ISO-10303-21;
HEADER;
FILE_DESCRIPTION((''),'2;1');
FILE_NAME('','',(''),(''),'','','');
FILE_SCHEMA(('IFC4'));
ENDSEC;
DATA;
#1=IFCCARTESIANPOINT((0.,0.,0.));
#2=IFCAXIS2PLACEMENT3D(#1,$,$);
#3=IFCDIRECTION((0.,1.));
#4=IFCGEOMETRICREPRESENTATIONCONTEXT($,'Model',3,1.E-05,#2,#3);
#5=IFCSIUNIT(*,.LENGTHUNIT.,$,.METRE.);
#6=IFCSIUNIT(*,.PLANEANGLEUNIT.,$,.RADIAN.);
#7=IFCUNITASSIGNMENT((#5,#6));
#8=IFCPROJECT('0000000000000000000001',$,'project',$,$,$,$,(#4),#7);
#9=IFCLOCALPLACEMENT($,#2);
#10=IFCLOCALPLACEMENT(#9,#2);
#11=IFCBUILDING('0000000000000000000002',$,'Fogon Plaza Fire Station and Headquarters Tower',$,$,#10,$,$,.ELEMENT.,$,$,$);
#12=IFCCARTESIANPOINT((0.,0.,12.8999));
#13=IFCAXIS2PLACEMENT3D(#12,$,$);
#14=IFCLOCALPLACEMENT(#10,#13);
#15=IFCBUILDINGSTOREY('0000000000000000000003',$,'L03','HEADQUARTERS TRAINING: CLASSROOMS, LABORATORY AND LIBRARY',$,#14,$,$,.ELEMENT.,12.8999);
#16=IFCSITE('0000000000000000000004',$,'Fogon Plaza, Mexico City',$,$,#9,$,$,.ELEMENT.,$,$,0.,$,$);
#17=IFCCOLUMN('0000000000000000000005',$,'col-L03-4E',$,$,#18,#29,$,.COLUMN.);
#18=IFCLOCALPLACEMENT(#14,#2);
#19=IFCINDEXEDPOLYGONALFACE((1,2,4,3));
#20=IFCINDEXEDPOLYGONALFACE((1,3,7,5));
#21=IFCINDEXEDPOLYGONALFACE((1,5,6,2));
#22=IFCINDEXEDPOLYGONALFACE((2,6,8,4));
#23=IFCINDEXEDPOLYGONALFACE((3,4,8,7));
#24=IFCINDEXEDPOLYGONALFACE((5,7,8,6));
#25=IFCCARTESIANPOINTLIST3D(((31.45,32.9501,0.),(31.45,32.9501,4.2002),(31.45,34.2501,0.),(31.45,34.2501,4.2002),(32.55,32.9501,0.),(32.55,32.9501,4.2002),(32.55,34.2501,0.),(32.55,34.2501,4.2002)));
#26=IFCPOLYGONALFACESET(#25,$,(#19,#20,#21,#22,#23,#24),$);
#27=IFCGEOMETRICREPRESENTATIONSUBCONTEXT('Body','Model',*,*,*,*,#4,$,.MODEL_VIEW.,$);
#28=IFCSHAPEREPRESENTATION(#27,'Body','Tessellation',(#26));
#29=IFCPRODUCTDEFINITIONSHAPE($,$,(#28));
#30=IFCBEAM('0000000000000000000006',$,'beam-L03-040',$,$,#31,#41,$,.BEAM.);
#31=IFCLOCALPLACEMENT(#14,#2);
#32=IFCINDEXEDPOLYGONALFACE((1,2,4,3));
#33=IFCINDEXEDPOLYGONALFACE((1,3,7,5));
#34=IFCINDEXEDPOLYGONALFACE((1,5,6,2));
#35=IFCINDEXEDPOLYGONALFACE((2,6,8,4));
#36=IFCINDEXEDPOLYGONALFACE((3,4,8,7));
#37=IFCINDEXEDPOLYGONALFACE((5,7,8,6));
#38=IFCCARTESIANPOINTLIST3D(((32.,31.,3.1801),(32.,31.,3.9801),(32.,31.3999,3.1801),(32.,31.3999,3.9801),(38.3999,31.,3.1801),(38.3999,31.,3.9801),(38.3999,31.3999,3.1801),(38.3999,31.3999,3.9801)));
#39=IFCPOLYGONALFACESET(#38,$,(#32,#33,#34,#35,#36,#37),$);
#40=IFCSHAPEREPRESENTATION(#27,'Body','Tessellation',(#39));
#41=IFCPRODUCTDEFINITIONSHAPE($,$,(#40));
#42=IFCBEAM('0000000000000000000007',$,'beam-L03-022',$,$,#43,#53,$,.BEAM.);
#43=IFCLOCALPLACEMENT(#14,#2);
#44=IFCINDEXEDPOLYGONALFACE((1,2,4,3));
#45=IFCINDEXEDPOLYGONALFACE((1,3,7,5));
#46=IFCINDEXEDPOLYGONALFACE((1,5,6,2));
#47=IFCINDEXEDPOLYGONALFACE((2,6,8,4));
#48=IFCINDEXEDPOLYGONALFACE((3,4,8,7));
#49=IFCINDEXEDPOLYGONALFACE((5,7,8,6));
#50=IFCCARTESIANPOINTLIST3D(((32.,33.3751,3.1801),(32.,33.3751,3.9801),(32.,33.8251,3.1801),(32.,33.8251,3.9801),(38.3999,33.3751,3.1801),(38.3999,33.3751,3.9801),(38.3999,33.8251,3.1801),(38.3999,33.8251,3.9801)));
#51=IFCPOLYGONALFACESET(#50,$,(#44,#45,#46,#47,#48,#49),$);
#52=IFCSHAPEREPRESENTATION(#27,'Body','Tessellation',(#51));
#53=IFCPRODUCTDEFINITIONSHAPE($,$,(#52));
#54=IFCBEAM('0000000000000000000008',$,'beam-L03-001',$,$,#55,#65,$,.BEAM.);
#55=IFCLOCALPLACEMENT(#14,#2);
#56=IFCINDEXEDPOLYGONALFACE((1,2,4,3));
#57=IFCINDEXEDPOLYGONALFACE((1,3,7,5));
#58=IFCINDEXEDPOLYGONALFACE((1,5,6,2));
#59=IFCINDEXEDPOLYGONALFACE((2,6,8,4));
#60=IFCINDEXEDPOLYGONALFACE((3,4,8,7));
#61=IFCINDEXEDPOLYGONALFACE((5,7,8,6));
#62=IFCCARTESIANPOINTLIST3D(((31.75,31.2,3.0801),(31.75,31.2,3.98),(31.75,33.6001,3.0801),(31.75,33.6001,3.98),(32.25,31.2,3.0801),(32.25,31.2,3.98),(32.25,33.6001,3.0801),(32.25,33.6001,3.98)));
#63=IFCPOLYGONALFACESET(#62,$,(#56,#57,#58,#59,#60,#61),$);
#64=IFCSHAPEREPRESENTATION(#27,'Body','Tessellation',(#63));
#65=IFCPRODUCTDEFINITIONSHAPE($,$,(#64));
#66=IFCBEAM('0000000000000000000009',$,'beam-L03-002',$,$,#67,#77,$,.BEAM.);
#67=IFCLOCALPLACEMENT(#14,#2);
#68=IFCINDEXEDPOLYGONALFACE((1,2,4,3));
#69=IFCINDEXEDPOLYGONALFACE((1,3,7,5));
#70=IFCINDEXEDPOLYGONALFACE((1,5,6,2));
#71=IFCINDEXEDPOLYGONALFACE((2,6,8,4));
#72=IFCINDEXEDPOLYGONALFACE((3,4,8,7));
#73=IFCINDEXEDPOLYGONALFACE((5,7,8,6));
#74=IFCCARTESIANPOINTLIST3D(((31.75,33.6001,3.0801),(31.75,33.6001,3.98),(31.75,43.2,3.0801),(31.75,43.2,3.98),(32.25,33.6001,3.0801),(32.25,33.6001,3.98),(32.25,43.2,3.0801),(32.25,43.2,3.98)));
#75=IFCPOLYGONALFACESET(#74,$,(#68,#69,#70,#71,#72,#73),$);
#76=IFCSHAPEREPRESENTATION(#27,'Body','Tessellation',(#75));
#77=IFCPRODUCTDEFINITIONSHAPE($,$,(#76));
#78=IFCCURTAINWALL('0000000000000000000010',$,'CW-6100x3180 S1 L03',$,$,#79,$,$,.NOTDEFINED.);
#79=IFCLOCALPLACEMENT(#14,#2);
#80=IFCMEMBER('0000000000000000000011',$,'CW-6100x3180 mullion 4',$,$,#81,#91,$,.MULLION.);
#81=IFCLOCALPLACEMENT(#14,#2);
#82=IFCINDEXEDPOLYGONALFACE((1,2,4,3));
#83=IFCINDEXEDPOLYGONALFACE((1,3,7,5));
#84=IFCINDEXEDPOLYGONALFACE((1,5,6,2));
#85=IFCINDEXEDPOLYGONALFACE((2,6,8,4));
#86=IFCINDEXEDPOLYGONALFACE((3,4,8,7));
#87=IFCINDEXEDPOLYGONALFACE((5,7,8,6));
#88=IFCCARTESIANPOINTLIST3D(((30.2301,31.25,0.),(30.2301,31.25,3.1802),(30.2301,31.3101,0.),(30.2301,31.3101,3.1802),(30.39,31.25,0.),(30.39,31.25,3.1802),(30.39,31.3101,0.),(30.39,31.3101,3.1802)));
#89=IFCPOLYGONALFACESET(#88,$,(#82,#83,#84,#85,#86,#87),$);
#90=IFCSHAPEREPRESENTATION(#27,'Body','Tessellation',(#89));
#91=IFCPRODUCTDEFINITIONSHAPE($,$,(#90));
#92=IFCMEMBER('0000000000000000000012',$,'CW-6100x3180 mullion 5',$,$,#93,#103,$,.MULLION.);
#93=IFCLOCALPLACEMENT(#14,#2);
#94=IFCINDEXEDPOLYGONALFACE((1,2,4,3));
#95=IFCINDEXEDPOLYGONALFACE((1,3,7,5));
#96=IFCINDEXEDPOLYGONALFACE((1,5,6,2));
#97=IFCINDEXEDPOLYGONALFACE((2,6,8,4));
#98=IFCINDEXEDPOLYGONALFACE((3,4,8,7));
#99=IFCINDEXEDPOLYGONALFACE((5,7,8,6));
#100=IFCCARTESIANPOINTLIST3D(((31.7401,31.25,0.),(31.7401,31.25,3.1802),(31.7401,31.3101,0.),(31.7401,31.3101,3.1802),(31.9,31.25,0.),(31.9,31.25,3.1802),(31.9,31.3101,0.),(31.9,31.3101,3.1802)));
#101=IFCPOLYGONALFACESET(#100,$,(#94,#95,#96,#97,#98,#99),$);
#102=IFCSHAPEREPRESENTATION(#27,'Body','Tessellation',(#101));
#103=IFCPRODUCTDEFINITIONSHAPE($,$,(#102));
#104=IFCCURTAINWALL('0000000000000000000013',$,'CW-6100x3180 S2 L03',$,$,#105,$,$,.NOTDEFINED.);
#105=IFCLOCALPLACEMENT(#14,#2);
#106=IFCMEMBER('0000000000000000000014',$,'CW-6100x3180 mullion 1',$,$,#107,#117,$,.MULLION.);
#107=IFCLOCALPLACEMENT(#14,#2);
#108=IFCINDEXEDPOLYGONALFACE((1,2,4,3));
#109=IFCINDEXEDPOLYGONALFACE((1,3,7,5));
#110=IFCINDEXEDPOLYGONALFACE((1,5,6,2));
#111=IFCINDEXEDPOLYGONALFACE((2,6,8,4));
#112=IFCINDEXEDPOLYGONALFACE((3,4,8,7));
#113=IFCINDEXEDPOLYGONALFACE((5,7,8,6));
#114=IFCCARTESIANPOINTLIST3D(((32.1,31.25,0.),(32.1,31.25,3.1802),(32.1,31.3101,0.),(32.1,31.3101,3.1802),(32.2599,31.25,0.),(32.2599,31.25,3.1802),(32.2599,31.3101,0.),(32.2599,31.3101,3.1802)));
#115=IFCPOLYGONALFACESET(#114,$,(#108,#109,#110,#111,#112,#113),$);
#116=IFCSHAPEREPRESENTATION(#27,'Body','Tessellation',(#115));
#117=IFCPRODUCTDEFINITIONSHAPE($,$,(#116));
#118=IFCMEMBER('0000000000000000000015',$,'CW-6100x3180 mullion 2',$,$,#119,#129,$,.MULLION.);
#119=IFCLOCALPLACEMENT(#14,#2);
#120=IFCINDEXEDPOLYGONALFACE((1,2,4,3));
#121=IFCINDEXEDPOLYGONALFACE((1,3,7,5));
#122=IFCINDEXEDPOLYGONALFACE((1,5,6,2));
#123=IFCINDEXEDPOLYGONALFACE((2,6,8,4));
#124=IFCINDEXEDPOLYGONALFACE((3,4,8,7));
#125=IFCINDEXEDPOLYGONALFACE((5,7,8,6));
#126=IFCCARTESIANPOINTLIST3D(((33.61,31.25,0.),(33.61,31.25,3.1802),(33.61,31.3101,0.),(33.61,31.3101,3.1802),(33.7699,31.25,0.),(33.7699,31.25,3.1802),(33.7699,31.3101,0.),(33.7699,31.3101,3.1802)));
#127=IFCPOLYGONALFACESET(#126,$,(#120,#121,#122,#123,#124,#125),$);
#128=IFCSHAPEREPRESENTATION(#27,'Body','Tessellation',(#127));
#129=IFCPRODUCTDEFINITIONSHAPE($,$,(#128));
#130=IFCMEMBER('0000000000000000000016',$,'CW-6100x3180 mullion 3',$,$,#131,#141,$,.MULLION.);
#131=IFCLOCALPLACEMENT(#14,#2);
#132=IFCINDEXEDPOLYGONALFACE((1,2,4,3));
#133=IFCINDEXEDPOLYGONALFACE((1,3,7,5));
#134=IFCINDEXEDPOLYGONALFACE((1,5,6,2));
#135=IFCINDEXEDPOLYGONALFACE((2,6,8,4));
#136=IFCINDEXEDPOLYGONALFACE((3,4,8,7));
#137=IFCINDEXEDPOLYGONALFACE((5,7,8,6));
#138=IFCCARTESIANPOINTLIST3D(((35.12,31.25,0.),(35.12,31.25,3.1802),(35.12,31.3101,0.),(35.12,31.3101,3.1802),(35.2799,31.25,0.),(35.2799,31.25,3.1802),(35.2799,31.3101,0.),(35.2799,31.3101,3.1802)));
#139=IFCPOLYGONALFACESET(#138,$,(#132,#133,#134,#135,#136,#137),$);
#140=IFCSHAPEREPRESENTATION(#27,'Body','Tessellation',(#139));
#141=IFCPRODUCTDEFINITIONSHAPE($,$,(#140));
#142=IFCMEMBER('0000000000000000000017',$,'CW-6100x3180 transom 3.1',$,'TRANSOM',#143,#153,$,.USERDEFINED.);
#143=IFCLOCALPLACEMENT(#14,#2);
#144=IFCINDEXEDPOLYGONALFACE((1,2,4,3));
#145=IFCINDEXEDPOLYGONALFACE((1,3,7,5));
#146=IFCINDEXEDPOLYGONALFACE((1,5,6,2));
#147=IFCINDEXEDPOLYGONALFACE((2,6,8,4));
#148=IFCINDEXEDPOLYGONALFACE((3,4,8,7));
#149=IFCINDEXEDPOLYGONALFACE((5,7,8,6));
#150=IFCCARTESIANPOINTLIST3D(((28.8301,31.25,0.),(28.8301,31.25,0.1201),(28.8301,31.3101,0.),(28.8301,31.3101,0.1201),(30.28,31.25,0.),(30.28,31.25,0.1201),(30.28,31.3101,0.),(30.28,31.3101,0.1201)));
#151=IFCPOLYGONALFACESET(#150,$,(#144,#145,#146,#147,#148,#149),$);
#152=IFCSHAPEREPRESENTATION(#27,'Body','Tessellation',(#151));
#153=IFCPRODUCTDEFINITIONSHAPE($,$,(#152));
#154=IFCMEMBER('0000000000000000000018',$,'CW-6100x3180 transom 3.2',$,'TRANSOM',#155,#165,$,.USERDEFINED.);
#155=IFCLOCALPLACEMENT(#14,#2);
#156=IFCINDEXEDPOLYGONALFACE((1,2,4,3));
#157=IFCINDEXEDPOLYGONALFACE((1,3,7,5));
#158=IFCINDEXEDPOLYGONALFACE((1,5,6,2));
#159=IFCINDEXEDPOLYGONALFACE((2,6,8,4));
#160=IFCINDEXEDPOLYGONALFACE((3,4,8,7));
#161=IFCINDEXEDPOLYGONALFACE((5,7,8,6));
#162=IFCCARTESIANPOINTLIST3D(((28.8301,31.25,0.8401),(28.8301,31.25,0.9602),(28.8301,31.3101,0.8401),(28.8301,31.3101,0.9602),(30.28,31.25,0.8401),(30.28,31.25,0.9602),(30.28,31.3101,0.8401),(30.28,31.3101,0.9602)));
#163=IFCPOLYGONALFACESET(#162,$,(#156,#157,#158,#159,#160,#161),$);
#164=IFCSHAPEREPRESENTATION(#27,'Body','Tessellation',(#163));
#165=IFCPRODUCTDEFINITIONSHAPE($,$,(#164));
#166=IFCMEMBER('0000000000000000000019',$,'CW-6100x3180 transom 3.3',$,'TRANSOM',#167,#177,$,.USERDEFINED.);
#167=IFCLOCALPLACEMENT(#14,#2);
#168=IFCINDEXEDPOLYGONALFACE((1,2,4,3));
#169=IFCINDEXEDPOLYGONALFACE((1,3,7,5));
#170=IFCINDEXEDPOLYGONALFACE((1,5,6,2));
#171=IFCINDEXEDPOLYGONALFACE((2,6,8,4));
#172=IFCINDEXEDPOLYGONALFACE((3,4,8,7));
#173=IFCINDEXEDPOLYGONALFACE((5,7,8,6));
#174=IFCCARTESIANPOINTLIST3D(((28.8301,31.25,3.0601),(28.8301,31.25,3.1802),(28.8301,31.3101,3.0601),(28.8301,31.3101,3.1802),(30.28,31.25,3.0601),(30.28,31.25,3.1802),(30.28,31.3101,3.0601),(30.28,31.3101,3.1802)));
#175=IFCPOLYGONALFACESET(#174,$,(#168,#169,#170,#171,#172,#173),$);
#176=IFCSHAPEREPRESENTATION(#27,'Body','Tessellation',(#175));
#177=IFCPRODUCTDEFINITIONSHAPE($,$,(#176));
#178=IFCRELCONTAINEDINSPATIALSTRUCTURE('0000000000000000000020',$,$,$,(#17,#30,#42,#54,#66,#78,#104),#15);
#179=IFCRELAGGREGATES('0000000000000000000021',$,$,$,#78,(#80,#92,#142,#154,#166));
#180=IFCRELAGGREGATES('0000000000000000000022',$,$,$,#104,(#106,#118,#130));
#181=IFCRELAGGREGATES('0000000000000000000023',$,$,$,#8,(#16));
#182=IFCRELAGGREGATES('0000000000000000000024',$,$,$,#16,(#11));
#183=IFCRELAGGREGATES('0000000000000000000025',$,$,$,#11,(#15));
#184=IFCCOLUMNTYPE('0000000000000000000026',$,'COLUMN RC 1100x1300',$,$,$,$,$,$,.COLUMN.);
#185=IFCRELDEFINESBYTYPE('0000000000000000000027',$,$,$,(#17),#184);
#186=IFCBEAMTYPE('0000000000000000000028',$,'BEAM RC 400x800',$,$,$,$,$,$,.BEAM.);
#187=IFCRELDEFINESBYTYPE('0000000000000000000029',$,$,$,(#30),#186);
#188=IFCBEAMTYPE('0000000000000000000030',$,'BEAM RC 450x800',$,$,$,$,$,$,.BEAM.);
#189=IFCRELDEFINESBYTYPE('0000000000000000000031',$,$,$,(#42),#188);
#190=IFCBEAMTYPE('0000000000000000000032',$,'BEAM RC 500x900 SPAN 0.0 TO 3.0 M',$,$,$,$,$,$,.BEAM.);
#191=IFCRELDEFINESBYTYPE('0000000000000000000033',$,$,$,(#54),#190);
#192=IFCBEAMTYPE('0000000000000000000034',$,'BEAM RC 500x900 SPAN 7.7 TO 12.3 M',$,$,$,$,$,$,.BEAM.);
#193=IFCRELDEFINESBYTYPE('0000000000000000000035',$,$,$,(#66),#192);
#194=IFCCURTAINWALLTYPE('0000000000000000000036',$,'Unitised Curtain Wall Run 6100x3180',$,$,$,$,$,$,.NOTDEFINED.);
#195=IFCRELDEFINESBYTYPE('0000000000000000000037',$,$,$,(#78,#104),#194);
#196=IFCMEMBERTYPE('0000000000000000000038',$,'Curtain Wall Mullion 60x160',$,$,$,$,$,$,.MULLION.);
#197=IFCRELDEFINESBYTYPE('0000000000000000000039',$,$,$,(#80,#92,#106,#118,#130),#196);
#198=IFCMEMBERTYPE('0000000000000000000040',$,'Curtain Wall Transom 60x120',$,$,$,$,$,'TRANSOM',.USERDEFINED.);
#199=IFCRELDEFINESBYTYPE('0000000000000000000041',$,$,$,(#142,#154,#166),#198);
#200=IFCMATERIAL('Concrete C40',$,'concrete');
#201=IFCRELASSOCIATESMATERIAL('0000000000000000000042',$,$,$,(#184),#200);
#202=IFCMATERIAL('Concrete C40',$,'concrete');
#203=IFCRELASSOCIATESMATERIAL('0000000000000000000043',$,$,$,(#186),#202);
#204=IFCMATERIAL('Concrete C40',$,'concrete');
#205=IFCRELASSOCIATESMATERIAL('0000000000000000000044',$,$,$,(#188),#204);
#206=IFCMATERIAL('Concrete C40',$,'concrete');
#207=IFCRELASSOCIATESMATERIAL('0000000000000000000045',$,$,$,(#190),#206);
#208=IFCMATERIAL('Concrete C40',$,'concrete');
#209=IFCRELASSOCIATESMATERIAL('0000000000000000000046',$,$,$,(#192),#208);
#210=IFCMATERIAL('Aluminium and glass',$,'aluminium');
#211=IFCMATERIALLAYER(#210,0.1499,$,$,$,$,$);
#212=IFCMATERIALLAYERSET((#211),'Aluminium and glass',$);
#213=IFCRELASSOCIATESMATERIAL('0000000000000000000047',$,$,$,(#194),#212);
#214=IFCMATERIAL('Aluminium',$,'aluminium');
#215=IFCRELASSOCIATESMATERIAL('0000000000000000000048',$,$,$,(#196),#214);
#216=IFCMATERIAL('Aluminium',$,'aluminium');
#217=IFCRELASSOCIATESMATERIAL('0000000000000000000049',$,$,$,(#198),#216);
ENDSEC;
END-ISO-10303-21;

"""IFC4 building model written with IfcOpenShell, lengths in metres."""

from ifc_helpers import new_model, si_unit, direction, frame, origin, origin_2d, place, context, subcontext, project, spatial, rectangle, extrude, material, layer, layer_set, material_profile, profile_set, type_object, element, aggregate, save


model = new_model("IFC4")

# Units and contexts
model_context = context("Model", 3, precision=1e-05, world=origin(), true_north=direction((0.0, 1.0)))
body_context = subcontext(model_context, "Body", "Model", "MODEL_VIEW")
ifc_project = project(units=[si_unit("LENGTHUNIT", "METRE"), si_unit("PLANEANGLEUNIT", "RADIAN")], contexts=[model_context])

# Site, building, storey
site_placement = place(None, origin())
site = spatial("IfcSite", under=ifc_project, at=site_placement, Name="Fogon Plaza, Mexico City", CompositionType="ELEMENT", RefElevation=0.0)
building_placement = place(site_placement, origin())
building = spatial("IfcBuilding", under=site, at=building_placement, Name="Fogon Plaza Fire Station and Headquarters Tower", CompositionType="ELEMENT")
storey_placement = place(building_placement, frame((0.0, 0.0, 12.8999)))
storey = spatial("IfcBuildingStorey", under=building, at=storey_placement, Name="L03", Description="HEADQUARTERS TRAINING: CLASSROOMS, LABORATORY AND LIBRARY", CompositionType="ELEMENT", Elevation=12.8999)

# Column
ifc_material_1 = material(Name="Concrete C40", Category="concrete")
ifc_material_profile_1 = material_profile(ifc_material_1, rectangle(XDim=1.1001, YDim=1.3, at=origin_2d()), Name="RC 1100x1300")
ifc_profile_set_1 = profile_set([ifc_material_profile_1], Name="Concrete C40")
column_type = type_object("IfcColumnType", Name="COLUMN RC 1100x1300", PredefinedType="COLUMN", material=ifc_profile_set_1)
column_placement = place(storey_placement, frame((32.0, 33.6001, 0.0), z_axis=(0.0, 0.0, 1.0), x_axis=(1.0, 0.0, 0.0)))
element("IfcColumn", 1, at=column_placement, inside=storey, type_object=column_type, Name="col-L03-4E", PredefinedType="COLUMN", context=body_context, shape_type="SweptSolid", body=[
    extrude(rectangle(XDim=1.1001, YDim=1.3, at=origin_2d()), origin(), (0.0, 0.0, 1.0), 4.2002),
])

# Beams
ifc_material_2 = material(Name="Concrete C40", Category="concrete")
ifc_material_profile_2 = material_profile(ifc_material_2, rectangle(XDim=0.3999, YDim=0.8, at=origin_2d()), Name="RC 400x800")
ifc_profile_set_2 = profile_set([ifc_material_profile_2], Name="Concrete C40")
beam_type_1 = type_object("IfcBeamType", Name="BEAM RC 400x800", PredefinedType="BEAM", material=ifc_profile_set_2)
beam_1_placement = place(storey_placement, frame((32.0, 31.2, 3.5801), z_axis=(1.0, 0.0, 0.0), x_axis=(0.0, 1.0, 0.0)))
element("IfcBeam", 2, at=beam_1_placement, inside=storey, type_object=beam_type_1, Name="beam-L03-040", PredefinedType="BEAM", context=body_context, shape_type="SweptSolid", body=[
    extrude(rectangle(XDim=0.3999, YDim=0.8, at=origin_2d()), origin(), (0.0, 0.0, 1.0), 6.3999),
])
ifc_material_3 = material(Name="Concrete C40", Category="concrete")
ifc_material_profile_3 = material_profile(ifc_material_3, rectangle(XDim=0.45, YDim=0.8, at=origin_2d()), Name="RC 450x800")
ifc_profile_set_3 = profile_set([ifc_material_profile_3], Name="Concrete C40")
beam_type_2 = type_object("IfcBeamType", Name="BEAM RC 450x800", PredefinedType="BEAM", material=ifc_profile_set_3)
beam_2_placement = place(storey_placement, frame((32.0, 33.6001, 3.5801), z_axis=(1.0, 0.0, 0.0), x_axis=(0.0, 1.0, 0.0)))
element("IfcBeam", 3, at=beam_2_placement, inside=storey, type_object=beam_type_2, Name="beam-L03-022", PredefinedType="BEAM", context=body_context, shape_type="SweptSolid", body=[
    extrude(rectangle(XDim=0.45, YDim=0.8, at=origin_2d()), origin(), (0.0, 0.0, 1.0), 6.3999),
])
ifc_material_4 = material(Name="Concrete C40", Category="concrete")
ifc_material_profile_4 = material_profile(ifc_material_4, rectangle(XDim=0.5, YDim=0.8999, at=origin_2d()), Name="RC 500x900")
ifc_profile_set_4 = profile_set([ifc_material_profile_4], Name="Concrete C40")
beam_type_3 = type_object("IfcBeamType", Name="BEAM RC 500x900 SPAN 0.0 TO 3.0 M", PredefinedType="BEAM", material=ifc_profile_set_4)
beam_3_placement = place(storey_placement, frame((32.0, 31.2, 3.53), z_axis=(0.0, 1.0, 0.0), x_axis=(-1.0, 0.0, 0.0)))
element("IfcBeam", 4, at=beam_3_placement, inside=storey, type_object=beam_type_3, Name="beam-L03-001", PredefinedType="BEAM", context=body_context, shape_type="SweptSolid", body=[
    extrude(rectangle(XDim=0.5, YDim=0.8999, at=origin_2d()), origin(), (0.0, 0.0, 1.0), 2.4001),
])
ifc_material_5 = material(Name="Concrete C40", Category="concrete")
ifc_material_profile_5 = material_profile(ifc_material_5, rectangle(XDim=0.5, YDim=0.8999, at=origin_2d()), Name="RC 500x900")
ifc_profile_set_5 = profile_set([ifc_material_profile_5], Name="Concrete C40")
beam_type_4 = type_object("IfcBeamType", Name="BEAM RC 500x900 SPAN 7.7 TO 12.3 M", PredefinedType="BEAM", material=ifc_profile_set_5)
beam_4_placement = place(storey_placement, frame((32.0, 33.6001, 3.53), z_axis=(0.0, 1.0, 0.0), x_axis=(-1.0, 0.0, 0.0)))
element("IfcBeam", 5, at=beam_4_placement, inside=storey, type_object=beam_type_4, Name="beam-L03-002", PredefinedType="BEAM", context=body_context, shape_type="SweptSolid", body=[
    extrude(rectangle(XDim=0.5, YDim=0.8999, at=origin_2d()), origin(), (0.0, 0.0, 1.0), 9.5999),
])

# Curtain walls, members
ifc_material_6 = material(Name="Aluminium and glass", Category="aluminium")
ifc_layer_1 = layer(ifc_material_6, 0.1499)
ifc_layer_set_1 = layer_set([ifc_layer_1], Name="Aluminium and glass")
curtain_wall_type = type_object("IfcCurtainWallType", Name="Unitised Curtain Wall Run 6100x3180", PredefinedType="NOTDEFINED", material=ifc_layer_set_1)
curtain_wall_1_placement = place(storey_placement, origin())
curtain_wall_1 = element("IfcCurtainWall", 6, at=curtain_wall_1_placement, inside=storey, type_object=curtain_wall_type, Name="CW-6100x3180 S1 L03", PredefinedType="NOTDEFINED")
ifc_material_7 = material(Name="Aluminium", Category="aluminium")
ifc_material_profile_6 = material_profile(ifc_material_7, rectangle(XDim=0.0601, YDim=0.1599, at=origin_2d()), Name="Curtain Wall Mullion 60x160")
ifc_profile_set_6 = profile_set([ifc_material_profile_6], Name="Aluminium")
member_type_1 = type_object("IfcMemberType", Name="Curtain Wall Mullion 60x160", PredefinedType="MULLION", material=ifc_profile_set_6)
member_1_placement = place(storey_placement, frame((30.3101, 31.28, 0.0), z_axis=(0.0, 0.0, 1.0), x_axis=(0.0, 1.0, 0.0)))
member_1 = element("IfcMember", 7, at=member_1_placement, type_object=member_type_1, Name="CW-6100x3180 mullion 4", PredefinedType="MULLION", context=body_context, shape_type="SweptSolid", body=[
    extrude(rectangle(XDim=0.0601, YDim=0.1599, at=origin_2d()), origin(), (0.0, 0.0, 1.0), 3.1802),
])
member_2_placement = place(storey_placement, frame((31.8201, 31.28, 0.0), z_axis=(0.0, 0.0, 1.0), x_axis=(0.0, 1.0, 0.0)))
member_2 = element("IfcMember", 8, at=member_2_placement, type_object=member_type_1, Name="CW-6100x3180 mullion 5", PredefinedType="MULLION", context=body_context, shape_type="SweptSolid", body=[
    extrude(rectangle(XDim=0.0601, YDim=0.1599, at=origin_2d()), origin(), (0.0, 0.0, 1.0), 3.1802),
])
curtain_wall_2_placement = place(storey_placement, origin())
curtain_wall_2 = element("IfcCurtainWall", 9, at=curtain_wall_2_placement, inside=storey, type_object=curtain_wall_type, Name="CW-6100x3180 S2 L03", PredefinedType="NOTDEFINED")
member_3_placement = place(storey_placement, frame((32.1799, 31.28, 0.0), z_axis=(0.0, 0.0, 1.0), x_axis=(0.0, 1.0, 0.0)))
member_3 = element("IfcMember", 10, at=member_3_placement, type_object=member_type_1, Name="CW-6100x3180 mullion 1", PredefinedType="MULLION", context=body_context, shape_type="SweptSolid", body=[
    extrude(rectangle(XDim=0.0601, YDim=0.1599, at=origin_2d()), origin(), (0.0, 0.0, 1.0), 3.1802),
])
member_4_placement = place(storey_placement, frame((33.6899, 31.28, 0.0), z_axis=(0.0, 0.0, 1.0), x_axis=(0.0, 1.0, 0.0)))
member_4 = element("IfcMember", 11, at=member_4_placement, type_object=member_type_1, Name="CW-6100x3180 mullion 2", PredefinedType="MULLION", context=body_context, shape_type="SweptSolid", body=[
    extrude(rectangle(XDim=0.0601, YDim=0.1599, at=origin_2d()), origin(), (0.0, 0.0, 1.0), 3.1802),
])
member_5_placement = place(storey_placement, frame((35.2, 31.28, 0.0), z_axis=(0.0, 0.0, 1.0), x_axis=(0.0, 1.0, 0.0)))
member_5 = element("IfcMember", 12, at=member_5_placement, type_object=member_type_1, Name="CW-6100x3180 mullion 3", PredefinedType="MULLION", context=body_context, shape_type="SweptSolid", body=[
    extrude(rectangle(XDim=0.0601, YDim=0.1599, at=origin_2d()), origin(), (0.0, 0.0, 1.0), 3.1802),
])

# Members
ifc_material_8 = material(Name="Aluminium", Category="aluminium")
ifc_material_profile_7 = material_profile(ifc_material_8, rectangle(XDim=0.0601, YDim=0.1201, at=origin_2d()), Name="Curtain Wall Transom 60x120")
ifc_profile_set_7 = profile_set([ifc_material_profile_7], Name="Aluminium")
member_type_2 = type_object("IfcMemberType", Name="Curtain Wall Transom 60x120", ElementType="TRANSOM", PredefinedType="USERDEFINED", material=ifc_profile_set_7)
member_6_placement = place(storey_placement, frame((28.8301, 31.28, 0.0601), z_axis=(1.0, 0.0, 0.0), x_axis=(0.0, 1.0, 0.0)))
member_6 = element("IfcMember", 13, at=member_6_placement, type_object=member_type_2, Name="CW-6100x3180 transom 3.1", ObjectType="TRANSOM", PredefinedType="USERDEFINED", context=body_context, shape_type="SweptSolid", body=[
    extrude(rectangle(XDim=0.0601, YDim=0.1201, at=origin_2d()), origin(), (0.0, 0.0, 1.0), 1.45),
])
member_7_placement = place(storey_placement, frame((28.8301, 31.28, 0.9001), z_axis=(1.0, 0.0, 0.0), x_axis=(0.0, 1.0, 0.0)))
member_7 = element("IfcMember", 14, at=member_7_placement, type_object=member_type_2, Name="CW-6100x3180 transom 3.2", ObjectType="TRANSOM", PredefinedType="USERDEFINED", context=body_context, shape_type="SweptSolid", body=[
    extrude(rectangle(XDim=0.0601, YDim=0.1201, at=origin_2d()), origin(), (0.0, 0.0, 1.0), 1.45),
])
member_8_placement = place(storey_placement, frame((28.8301, 31.28, 3.1201), z_axis=(1.0, 0.0, 0.0), x_axis=(0.0, 1.0, 0.0)))
member_8 = element("IfcMember", 15, at=member_8_placement, type_object=member_type_2, Name="CW-6100x3180 transom 3.3", ObjectType="TRANSOM", PredefinedType="USERDEFINED", context=body_context, shape_type="SweptSolid", body=[
    extrude(rectangle(XDim=0.0601, YDim=0.1201, at=origin_2d()), origin(), (0.0, 0.0, 1.0), 1.45),
])

aggregate(curtain_wall_1, [member_1, member_2, member_6, member_7, member_8])
aggregate(curtain_wall_2, [member_3, member_4, member_5])

save(model, "model.ifc")
